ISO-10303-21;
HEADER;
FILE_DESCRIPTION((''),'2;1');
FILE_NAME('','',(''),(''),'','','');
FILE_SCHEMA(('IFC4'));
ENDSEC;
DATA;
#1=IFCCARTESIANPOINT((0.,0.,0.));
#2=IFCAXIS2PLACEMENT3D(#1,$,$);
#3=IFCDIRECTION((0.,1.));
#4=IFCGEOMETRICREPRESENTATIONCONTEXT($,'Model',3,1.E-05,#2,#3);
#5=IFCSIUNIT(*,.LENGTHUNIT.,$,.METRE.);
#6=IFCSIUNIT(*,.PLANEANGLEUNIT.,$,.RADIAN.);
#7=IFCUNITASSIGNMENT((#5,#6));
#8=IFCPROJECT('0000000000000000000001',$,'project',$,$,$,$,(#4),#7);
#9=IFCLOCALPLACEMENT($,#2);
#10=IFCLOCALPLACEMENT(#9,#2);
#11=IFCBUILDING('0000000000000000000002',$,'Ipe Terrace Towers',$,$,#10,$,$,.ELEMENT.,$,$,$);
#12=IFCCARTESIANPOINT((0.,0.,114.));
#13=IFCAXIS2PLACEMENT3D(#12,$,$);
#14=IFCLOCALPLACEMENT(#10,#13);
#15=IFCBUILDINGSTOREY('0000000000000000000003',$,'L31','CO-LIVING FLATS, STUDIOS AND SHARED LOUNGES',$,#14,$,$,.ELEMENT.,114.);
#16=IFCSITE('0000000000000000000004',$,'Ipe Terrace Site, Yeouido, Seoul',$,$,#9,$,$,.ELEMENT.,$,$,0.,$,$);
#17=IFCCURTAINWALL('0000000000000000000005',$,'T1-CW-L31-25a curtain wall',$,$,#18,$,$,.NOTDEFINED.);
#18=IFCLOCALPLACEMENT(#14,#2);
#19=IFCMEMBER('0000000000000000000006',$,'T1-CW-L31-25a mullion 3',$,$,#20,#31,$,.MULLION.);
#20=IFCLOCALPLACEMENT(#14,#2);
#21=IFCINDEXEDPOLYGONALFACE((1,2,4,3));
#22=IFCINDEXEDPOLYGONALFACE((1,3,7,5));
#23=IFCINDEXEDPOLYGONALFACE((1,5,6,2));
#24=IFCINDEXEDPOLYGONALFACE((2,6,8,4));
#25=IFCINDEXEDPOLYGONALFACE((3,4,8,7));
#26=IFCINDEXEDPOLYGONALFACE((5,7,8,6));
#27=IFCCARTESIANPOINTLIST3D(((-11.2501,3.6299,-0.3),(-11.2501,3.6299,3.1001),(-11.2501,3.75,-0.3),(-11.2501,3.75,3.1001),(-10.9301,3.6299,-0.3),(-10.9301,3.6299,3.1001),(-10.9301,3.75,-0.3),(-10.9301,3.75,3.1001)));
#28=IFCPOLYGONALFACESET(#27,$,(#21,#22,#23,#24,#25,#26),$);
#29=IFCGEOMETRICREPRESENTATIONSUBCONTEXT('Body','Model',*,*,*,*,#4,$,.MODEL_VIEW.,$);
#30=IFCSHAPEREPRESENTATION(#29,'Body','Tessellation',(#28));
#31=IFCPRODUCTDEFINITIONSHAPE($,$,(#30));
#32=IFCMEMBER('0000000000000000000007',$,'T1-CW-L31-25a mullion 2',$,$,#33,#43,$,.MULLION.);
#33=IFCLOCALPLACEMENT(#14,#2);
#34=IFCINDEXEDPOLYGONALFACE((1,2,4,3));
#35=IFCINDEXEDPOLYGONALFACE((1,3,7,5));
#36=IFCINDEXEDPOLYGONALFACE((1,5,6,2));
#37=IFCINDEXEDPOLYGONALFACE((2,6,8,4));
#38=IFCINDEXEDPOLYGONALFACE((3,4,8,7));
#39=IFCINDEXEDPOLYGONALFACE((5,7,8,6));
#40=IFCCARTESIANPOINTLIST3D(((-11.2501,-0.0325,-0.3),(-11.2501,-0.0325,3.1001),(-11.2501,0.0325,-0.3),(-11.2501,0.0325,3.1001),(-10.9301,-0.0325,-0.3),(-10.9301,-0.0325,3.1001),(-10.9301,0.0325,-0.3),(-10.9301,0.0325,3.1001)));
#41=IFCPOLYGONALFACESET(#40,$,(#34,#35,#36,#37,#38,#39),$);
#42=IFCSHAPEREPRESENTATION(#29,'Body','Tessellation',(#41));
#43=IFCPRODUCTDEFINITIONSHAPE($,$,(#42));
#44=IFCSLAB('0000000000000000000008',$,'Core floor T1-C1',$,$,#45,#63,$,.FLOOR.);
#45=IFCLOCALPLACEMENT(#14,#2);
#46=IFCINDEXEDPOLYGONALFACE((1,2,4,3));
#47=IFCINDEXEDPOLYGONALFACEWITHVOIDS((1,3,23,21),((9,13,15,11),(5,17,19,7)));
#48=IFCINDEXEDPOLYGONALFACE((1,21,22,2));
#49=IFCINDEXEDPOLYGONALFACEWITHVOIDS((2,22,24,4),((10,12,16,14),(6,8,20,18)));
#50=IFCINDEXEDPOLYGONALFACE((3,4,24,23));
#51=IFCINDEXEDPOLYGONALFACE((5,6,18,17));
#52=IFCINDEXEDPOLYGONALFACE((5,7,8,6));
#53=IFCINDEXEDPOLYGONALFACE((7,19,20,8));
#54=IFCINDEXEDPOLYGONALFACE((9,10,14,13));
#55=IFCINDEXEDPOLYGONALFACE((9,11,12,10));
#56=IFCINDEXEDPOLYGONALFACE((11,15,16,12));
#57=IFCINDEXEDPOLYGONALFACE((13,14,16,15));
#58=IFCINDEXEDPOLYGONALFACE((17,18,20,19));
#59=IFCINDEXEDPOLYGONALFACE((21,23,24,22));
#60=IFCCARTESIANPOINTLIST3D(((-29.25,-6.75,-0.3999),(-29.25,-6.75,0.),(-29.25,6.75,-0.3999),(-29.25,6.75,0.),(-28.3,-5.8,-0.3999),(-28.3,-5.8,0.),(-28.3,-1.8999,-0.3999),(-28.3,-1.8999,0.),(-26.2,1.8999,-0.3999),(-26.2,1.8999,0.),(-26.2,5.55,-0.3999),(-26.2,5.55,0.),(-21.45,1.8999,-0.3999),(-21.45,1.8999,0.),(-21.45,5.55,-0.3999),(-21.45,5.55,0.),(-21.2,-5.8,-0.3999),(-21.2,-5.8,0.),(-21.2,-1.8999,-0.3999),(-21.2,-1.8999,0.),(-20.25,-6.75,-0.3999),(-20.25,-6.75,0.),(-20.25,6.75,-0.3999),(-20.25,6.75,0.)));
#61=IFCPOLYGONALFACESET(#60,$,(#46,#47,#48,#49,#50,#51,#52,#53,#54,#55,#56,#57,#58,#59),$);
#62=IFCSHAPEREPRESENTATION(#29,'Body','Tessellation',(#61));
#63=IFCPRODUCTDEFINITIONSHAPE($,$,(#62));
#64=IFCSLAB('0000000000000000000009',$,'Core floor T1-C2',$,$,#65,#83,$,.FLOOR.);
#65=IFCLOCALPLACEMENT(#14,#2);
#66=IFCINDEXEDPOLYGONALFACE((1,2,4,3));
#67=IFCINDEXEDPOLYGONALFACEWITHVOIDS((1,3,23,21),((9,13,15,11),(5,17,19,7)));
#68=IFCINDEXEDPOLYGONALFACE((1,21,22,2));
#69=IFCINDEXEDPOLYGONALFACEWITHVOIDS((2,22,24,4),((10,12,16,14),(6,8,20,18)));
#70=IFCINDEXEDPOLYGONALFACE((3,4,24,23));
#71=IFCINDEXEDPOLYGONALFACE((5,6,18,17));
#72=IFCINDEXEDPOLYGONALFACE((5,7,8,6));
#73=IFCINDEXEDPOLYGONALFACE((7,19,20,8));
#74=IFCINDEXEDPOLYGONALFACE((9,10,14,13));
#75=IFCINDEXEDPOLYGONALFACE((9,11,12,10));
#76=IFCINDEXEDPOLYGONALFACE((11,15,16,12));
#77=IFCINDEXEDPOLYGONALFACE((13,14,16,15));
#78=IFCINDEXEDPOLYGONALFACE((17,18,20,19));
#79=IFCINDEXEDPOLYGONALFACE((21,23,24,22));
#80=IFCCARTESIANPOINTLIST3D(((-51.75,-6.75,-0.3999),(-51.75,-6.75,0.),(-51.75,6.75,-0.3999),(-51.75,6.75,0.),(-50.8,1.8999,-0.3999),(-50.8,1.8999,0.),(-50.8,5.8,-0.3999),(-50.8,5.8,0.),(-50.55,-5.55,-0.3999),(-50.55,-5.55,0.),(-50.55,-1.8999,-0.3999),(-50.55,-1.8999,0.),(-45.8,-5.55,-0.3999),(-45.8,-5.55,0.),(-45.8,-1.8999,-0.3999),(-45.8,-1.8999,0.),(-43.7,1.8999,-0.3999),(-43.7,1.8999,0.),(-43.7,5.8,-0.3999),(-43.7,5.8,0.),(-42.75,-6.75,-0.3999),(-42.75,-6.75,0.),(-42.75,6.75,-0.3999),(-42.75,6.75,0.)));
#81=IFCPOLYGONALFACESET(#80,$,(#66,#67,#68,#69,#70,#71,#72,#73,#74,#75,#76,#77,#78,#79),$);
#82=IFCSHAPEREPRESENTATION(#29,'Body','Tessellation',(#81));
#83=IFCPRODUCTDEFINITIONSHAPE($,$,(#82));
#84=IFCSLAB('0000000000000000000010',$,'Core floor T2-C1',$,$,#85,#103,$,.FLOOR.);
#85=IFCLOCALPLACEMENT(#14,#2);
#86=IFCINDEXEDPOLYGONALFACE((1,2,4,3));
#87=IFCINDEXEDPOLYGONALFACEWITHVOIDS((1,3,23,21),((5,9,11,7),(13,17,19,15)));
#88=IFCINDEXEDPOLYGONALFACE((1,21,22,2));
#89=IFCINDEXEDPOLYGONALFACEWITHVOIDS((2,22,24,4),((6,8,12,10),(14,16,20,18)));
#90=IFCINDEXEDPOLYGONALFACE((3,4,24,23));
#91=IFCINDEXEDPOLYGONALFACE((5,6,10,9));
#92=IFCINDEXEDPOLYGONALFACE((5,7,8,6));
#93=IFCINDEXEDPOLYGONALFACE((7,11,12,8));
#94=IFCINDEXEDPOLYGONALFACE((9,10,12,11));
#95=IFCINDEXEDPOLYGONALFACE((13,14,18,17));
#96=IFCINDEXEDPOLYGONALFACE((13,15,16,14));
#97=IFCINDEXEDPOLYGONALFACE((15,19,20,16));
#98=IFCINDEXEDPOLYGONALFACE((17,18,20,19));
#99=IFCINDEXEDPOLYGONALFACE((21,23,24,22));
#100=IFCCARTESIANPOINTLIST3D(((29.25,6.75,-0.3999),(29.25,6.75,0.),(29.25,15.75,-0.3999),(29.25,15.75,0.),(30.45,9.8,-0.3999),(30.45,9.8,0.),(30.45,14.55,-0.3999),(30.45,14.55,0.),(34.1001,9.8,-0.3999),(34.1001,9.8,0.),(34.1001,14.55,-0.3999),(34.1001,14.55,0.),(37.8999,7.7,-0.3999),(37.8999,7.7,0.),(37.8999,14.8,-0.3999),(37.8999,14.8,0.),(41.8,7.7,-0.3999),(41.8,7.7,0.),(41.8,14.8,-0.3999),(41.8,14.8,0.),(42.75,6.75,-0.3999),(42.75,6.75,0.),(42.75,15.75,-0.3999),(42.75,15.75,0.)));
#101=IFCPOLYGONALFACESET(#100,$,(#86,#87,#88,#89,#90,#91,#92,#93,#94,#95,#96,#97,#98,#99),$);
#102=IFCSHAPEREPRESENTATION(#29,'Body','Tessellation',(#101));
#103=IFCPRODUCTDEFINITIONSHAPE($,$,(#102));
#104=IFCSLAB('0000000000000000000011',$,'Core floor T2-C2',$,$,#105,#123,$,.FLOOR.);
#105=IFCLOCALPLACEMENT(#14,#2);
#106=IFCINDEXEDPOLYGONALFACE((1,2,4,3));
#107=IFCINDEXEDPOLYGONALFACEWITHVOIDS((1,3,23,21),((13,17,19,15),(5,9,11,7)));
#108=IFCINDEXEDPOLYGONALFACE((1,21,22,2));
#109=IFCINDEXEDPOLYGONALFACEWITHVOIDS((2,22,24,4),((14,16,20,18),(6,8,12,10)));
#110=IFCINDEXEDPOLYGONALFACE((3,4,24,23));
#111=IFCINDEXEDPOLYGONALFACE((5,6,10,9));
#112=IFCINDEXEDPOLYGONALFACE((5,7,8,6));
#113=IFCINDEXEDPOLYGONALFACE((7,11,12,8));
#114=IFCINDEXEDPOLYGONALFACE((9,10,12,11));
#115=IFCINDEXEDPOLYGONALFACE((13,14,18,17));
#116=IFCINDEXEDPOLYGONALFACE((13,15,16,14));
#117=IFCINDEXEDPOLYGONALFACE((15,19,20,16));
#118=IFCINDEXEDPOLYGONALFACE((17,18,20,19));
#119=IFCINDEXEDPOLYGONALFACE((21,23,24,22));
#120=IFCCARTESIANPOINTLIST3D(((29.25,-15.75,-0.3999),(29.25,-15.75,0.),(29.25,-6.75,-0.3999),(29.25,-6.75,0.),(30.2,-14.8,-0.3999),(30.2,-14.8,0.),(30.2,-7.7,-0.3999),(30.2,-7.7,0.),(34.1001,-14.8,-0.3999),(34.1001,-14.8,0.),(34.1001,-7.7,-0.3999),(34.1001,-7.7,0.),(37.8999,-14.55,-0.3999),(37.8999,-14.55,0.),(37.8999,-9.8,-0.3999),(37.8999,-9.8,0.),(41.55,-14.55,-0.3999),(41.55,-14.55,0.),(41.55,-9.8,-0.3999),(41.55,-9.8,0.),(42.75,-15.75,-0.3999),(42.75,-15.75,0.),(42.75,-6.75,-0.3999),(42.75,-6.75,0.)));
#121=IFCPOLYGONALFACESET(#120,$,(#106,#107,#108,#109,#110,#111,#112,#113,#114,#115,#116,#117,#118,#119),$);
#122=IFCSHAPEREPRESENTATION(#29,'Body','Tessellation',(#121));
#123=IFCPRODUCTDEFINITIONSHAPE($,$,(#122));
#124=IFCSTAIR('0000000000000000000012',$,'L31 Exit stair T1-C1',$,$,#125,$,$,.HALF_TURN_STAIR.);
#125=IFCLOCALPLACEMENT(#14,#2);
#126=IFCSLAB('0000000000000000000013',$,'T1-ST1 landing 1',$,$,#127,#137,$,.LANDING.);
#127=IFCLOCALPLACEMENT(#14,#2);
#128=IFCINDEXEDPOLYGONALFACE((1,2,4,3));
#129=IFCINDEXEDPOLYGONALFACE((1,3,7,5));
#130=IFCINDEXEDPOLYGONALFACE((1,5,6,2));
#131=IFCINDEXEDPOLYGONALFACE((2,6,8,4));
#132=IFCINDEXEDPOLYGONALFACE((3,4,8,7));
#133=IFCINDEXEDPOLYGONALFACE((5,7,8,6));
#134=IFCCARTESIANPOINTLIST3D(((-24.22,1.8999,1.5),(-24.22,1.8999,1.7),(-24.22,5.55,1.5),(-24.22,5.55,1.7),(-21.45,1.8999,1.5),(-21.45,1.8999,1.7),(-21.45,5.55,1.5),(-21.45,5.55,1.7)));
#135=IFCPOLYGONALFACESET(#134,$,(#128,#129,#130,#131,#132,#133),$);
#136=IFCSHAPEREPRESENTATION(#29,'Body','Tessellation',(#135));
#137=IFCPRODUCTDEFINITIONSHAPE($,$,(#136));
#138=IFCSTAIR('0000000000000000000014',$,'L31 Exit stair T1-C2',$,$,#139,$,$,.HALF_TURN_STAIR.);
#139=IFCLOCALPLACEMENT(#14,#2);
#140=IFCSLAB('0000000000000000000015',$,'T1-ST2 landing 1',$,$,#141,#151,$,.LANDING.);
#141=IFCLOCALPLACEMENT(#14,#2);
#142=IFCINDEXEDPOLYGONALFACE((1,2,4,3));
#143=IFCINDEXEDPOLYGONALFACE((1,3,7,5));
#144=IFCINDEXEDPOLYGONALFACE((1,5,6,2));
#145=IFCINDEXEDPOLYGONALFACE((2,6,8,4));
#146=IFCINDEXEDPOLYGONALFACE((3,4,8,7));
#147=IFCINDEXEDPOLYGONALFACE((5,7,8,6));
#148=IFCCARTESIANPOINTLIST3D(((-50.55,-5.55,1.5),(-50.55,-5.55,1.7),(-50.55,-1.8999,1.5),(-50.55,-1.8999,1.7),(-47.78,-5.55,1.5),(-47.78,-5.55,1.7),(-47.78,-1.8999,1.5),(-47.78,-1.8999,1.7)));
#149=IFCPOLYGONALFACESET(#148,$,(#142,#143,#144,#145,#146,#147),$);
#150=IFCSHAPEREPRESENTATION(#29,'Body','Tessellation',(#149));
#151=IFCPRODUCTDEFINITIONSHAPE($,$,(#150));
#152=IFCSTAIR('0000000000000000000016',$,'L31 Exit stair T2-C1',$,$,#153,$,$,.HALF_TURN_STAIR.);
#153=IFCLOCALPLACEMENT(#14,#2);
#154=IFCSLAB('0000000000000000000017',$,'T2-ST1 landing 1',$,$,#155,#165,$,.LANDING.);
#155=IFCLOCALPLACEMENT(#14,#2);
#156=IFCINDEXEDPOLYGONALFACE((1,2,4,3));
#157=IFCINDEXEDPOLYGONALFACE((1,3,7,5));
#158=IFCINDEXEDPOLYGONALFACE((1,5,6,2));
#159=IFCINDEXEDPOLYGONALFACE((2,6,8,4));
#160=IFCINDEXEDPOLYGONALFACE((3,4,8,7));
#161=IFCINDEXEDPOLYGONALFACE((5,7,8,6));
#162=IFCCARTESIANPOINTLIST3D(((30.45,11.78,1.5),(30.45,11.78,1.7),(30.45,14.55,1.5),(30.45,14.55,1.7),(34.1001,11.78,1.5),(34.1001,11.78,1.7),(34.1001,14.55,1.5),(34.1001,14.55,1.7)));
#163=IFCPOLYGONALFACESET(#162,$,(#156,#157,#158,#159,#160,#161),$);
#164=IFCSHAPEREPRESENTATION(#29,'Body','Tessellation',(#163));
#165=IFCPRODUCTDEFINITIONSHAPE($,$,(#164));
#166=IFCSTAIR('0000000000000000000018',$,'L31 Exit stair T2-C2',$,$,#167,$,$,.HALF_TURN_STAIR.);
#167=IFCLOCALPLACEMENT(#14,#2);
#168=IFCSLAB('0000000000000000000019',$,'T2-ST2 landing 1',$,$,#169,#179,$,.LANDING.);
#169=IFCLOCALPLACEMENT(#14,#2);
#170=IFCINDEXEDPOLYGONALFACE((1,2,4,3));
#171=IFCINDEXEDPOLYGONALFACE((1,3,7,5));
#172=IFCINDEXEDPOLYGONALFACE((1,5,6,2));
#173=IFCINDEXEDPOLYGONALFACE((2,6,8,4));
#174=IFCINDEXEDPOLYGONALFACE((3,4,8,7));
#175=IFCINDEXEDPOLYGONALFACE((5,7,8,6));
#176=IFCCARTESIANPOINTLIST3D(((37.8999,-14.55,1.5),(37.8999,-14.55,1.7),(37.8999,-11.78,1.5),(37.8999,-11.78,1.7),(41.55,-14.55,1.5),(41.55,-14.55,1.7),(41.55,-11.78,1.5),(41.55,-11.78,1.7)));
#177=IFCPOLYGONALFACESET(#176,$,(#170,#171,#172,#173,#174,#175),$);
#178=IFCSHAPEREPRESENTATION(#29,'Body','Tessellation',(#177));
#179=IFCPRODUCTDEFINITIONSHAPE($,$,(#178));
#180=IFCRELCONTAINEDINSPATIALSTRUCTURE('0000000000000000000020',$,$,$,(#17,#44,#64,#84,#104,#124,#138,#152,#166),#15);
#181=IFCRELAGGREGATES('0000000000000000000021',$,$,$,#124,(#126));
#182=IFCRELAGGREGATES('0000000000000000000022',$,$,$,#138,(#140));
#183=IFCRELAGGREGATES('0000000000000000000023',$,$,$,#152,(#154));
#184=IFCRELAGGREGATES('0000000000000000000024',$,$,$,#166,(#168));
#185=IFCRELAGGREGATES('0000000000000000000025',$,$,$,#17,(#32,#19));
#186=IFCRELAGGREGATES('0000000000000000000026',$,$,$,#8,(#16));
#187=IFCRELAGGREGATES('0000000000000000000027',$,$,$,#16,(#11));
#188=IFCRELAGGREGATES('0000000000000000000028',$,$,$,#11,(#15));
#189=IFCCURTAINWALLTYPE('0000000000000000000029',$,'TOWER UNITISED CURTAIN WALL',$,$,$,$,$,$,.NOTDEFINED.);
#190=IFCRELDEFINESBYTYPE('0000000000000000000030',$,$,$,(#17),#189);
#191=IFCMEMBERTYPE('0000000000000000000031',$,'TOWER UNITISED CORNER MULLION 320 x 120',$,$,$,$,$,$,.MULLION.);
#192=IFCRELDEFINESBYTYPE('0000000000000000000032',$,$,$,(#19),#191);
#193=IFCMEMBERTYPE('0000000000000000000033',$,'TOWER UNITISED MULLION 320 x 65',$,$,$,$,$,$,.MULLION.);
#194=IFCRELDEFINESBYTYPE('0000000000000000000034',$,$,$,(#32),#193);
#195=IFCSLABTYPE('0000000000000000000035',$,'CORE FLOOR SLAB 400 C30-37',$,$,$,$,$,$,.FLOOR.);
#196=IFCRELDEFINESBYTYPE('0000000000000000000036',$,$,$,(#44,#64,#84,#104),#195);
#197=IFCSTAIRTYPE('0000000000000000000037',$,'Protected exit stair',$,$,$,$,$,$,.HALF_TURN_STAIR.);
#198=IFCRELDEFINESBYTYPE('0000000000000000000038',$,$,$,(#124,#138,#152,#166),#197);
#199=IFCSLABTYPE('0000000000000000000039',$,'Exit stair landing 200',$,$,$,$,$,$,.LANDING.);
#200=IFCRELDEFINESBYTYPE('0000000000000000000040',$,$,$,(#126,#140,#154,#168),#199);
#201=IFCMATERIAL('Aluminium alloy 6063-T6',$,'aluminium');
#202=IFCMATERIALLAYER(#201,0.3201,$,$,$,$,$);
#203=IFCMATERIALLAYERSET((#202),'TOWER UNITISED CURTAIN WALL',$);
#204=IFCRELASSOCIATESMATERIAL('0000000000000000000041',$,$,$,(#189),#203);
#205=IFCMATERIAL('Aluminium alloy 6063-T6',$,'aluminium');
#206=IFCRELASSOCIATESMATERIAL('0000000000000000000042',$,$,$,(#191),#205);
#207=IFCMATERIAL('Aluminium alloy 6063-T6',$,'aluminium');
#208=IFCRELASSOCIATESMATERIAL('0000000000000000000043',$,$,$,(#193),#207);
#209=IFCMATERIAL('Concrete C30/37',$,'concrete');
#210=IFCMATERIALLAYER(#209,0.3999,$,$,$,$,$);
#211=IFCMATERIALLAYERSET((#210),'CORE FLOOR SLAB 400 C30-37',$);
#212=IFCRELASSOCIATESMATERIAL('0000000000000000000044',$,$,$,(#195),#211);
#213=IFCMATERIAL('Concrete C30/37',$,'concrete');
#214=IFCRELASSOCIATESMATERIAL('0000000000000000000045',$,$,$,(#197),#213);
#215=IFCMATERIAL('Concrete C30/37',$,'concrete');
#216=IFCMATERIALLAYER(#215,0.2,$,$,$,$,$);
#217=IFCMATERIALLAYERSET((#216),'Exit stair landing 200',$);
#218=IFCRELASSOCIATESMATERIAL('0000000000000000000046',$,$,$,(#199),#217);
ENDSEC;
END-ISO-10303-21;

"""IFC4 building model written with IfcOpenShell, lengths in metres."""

from ifc_helpers import new_model, si_unit, direction, frame, origin, origin_2d, place, context, subcontext, project, spatial, polyline, rectangle, outline, extrude, material, layer, layer_set, material_profile, profile_set, type_object, element, aggregate, save


model = new_model("IFC4")

# Units and contexts
model_context = context("Model", 3, precision=1e-05, world=origin(), true_north=direction((0.0, 1.0)))
body_context = subcontext(model_context, "Body", "Model", "MODEL_VIEW")
ifc_project = project(units=[si_unit("LENGTHUNIT", "METRE"), si_unit("PLANEANGLEUNIT", "RADIAN")], contexts=[model_context])

# Site, building, storey
site_placement = place(None, origin())
site = spatial("IfcSite", under=ifc_project, at=site_placement, Name="Ipe Terrace Site, Yeouido, Seoul", CompositionType="ELEMENT", RefElevation=0.0)
building_placement = place(site_placement, origin())
building = spatial("IfcBuilding", under=site, at=building_placement, Name="Ipe Terrace Towers", CompositionType="ELEMENT")
storey_placement = place(building_placement, frame((0.0, 0.0, 114.0)))
storey = spatial("IfcBuildingStorey", under=building, at=storey_placement, Name="L31", Description="CO-LIVING FLATS, STUDIOS AND SHARED LOUNGES", CompositionType="ELEMENT", Elevation=114.0)

# Curtain wall, members
ifc_material_1 = material(Name="Aluminium alloy 6063-T6", Category="aluminium")
ifc_layer_1 = layer(ifc_material_1, 0.3201)
ifc_layer_set_1 = layer_set([ifc_layer_1], Name="TOWER UNITISED CURTAIN WALL")
curtain_wall_type = type_object("IfcCurtainWallType", Name="TOWER UNITISED CURTAIN WALL", PredefinedType="NOTDEFINED", material=ifc_layer_set_1)
curtain_wall_placement = place(storey_placement, origin())
curtain_wall = element("IfcCurtainWall", 1, at=curtain_wall_placement, inside=storey, type_object=curtain_wall_type, Name="T1-CW-L31-25a curtain wall", PredefinedType="NOTDEFINED")
ifc_material_2 = material(Name="Aluminium alloy 6063-T6", Category="aluminium")
ifc_material_profile_1 = material_profile(ifc_material_2, rectangle(XDim=0.3201, YDim=0.1201, at=origin_2d()), Name="TOWER UNITISED CORNER MULLION 320 x 120")
ifc_profile_set_1 = profile_set([ifc_material_profile_1], Name="Aluminium alloy 6063-T6")
member_type_1 = type_object("IfcMemberType", Name="TOWER UNITISED CORNER MULLION 320 x 120", PredefinedType="MULLION", material=ifc_profile_set_1)
member_1_placement = place(storey_placement, frame((-11.0901, 3.6899, -0.3), z_axis=(0.0, 0.0, 1.0), x_axis=(1.0, 0.0, 0.0)))
member_1 = element("IfcMember", 2, at=member_1_placement, type_object=member_type_1, Name="T1-CW-L31-25a mullion 3", PredefinedType="MULLION", context=body_context, shape_type="SweptSolid", body=[
    extrude(rectangle(XDim=0.3201, YDim=0.1201, at=origin_2d()), origin(), (0.0, 0.0, 1.0), 3.4001),
])
ifc_material_3 = material(Name="Aluminium alloy 6063-T6", Category="aluminium")
ifc_material_profile_2 = material_profile(ifc_material_3, rectangle(XDim=0.3201, YDim=0.0649, at=origin_2d()), Name="TOWER UNITISED MULLION 320 x 65")
ifc_profile_set_2 = profile_set([ifc_material_profile_2], Name="Aluminium alloy 6063-T6")
member_type_2 = type_object("IfcMemberType", Name="TOWER UNITISED MULLION 320 x 65", PredefinedType="MULLION", material=ifc_profile_set_2)
member_2_placement = place(storey_placement, frame((-11.0901, 0.0, -0.3), z_axis=(0.0, 0.0, 1.0), x_axis=(1.0, 0.0, 0.0)))
member_2 = element("IfcMember", 3, at=member_2_placement, type_object=member_type_2, Name="T1-CW-L31-25a mullion 2", PredefinedType="MULLION", context=body_context, shape_type="SweptSolid", body=[
    extrude(rectangle(XDim=0.3201, YDim=0.0649, at=origin_2d()), origin(), (0.0, 0.0, 1.0), 3.4001),
])

# Slabs
ifc_material_4 = material(Name="Concrete C30/37", Category="concrete")
ifc_layer_2 = layer(ifc_material_4, 0.3999)
ifc_layer_set_2 = layer_set([ifc_layer_2], Name="CORE FLOOR SLAB 400 C30-37")
slab_type_1 = type_object("IfcSlabType", Name="CORE FLOOR SLAB 400 C30-37", PredefinedType="FLOOR", material=ifc_layer_set_2)
slab_1_placement = place(storey_placement, frame((0.0, 0.0, -0.3999)))
element("IfcSlab", 4, at=slab_1_placement, inside=storey, type_object=slab_type_1, Name="Core floor T1-C1", PredefinedType="FLOOR", context=body_context, shape_type="SweptSolid", body=[
    extrude(outline(polyline([(-29.25, -6.75), (-29.25, 6.75), (-20.25, 6.75), (-20.25, -6.75), (-29.25, -6.75)]), holes=[polyline([(-28.3, -5.8), (-21.2, -5.8), (-21.2, -1.8999), (-28.3, -1.8999), (-28.3, -5.8)]), polyline([(-26.2, 5.55), (-26.2, 1.8999), (-21.45, 1.8999), (-21.45, 5.55), (-26.2, 5.55)])]), origin(), (0.0, 0.0, 1.0), 0.3999),
])
slab_2_placement = place(storey_placement, frame((0.0, 0.0, -0.3999)))
element("IfcSlab", 5, at=slab_2_placement, inside=storey, type_object=slab_type_1, Name="Core floor T1-C2", PredefinedType="FLOOR", context=body_context, shape_type="SweptSolid", body=[
    extrude(outline(polyline([(-51.75, -6.75), (-51.75, 6.75), (-42.75, 6.75), (-42.75, -6.75), (-51.75, -6.75)]), holes=[polyline([(-45.8, -5.55), (-45.8, -1.8999), (-50.55, -1.8999), (-50.55, -5.55), (-45.8, -5.55)]), polyline([(-50.8, 1.8999), (-43.7, 1.8999), (-43.7, 5.8), (-50.8, 5.8), (-50.8, 1.8999)])]), origin(), (0.0, 0.0, 1.0), 0.3999),
])
slab_3_placement = place(storey_placement, frame((0.0, 0.0, -0.3999)))
element("IfcSlab", 6, at=slab_3_placement, inside=storey, type_object=slab_type_1, Name="Core floor T2-C1", PredefinedType="FLOOR", context=body_context, shape_type="SweptSolid", body=[
    extrude(outline(polyline([(29.25, 6.75), (29.25, 15.75), (42.75, 15.75), (42.75, 6.75), (29.25, 6.75)]), holes=[polyline([(41.8, 7.7), (41.8, 14.8), (37.8999, 14.8), (37.8999, 7.7), (41.8, 7.7)]), polyline([(30.45, 9.8), (34.1001, 9.8), (34.1001, 14.55), (30.45, 14.55), (30.45, 9.8)])]), origin(), (0.0, 0.0, 1.0), 0.3999),
])
slab_4_placement = place(storey_placement, frame((0.0, 0.0, -0.3999)))
element("IfcSlab", 7, at=slab_4_placement, inside=storey, type_object=slab_type_1, Name="Core floor T2-C2", PredefinedType="FLOOR", context=body_context, shape_type="SweptSolid", body=[
    extrude(outline(polyline([(29.25, -15.75), (29.25, -6.75), (42.75, -6.75), (42.75, -15.75), (29.25, -15.75)]), holes=[polyline([(34.1001, -14.8), (34.1001, -7.7), (30.2, -7.7), (30.2, -14.8), (34.1001, -14.8)]), polyline([(41.55, -9.8), (37.8999, -9.8), (37.8999, -14.55), (41.55, -14.55), (41.55, -9.8)])]), origin(), (0.0, 0.0, 1.0), 0.3999),
])

# Stairs, slabs
ifc_material_5 = material(Name="Concrete C30/37", Category="concrete")
stair_type = type_object("IfcStairType", Name="Protected exit stair", PredefinedType="HALF_TURN_STAIR", material=ifc_material_5)
stair_1_placement = place(storey_placement, origin())
stair_1 = element("IfcStair", 8, at=stair_1_placement, inside=storey, type_object=stair_type, Name="L31 Exit stair T1-C1", PredefinedType="HALF_TURN_STAIR")
ifc_material_6 = material(Name="Concrete C30/37", Category="concrete")
ifc_layer_3 = layer(ifc_material_6, 0.2)
ifc_layer_set_3 = layer_set([ifc_layer_3], Name="Exit stair landing 200")
slab_type_2 = type_object("IfcSlabType", Name="Exit stair landing 200", PredefinedType="LANDING", material=ifc_layer_set_3)
slab_5_placement = place(storey_placement, frame((0.0, 0.0, 1.5)))
slab_5 = element("IfcSlab", 9, at=slab_5_placement, type_object=slab_type_2, Name="T1-ST1 landing 1", PredefinedType="LANDING", context=body_context, shape_type="SweptSolid", body=[
    extrude(outline(polyline([(-24.22, 1.8999), (-21.45, 1.8999), (-21.45, 5.55), (-24.22, 5.55), (-24.22, 1.8999)])), origin(), (0.0, 0.0, 1.0), 0.2),
])
aggregate(stair_1, [slab_5])
stair_2_placement = place(storey_placement, origin())
stair_2 = element("IfcStair", 10, at=stair_2_placement, inside=storey, type_object=stair_type, Name="L31 Exit stair T1-C2", PredefinedType="HALF_TURN_STAIR")
slab_6_placement = place(storey_placement, frame((0.0, 0.0, 1.5)))
slab_6 = element("IfcSlab", 11, at=slab_6_placement, type_object=slab_type_2, Name="T1-ST2 landing 1", PredefinedType="LANDING", context=body_context, shape_type="SweptSolid", body=[
    extrude(outline(polyline([(-47.78, -1.8999), (-50.55, -1.8999), (-50.55, -5.55), (-47.78, -5.55), (-47.78, -1.8999)])), origin(), (0.0, 0.0, 1.0), 0.2),
])
aggregate(stair_2, [slab_6])
stair_3_placement = place(storey_placement, origin())
stair_3 = element("IfcStair", 12, at=stair_3_placement, inside=storey, type_object=stair_type, Name="L31 Exit stair T2-C1", PredefinedType="HALF_TURN_STAIR")
slab_7_placement = place(storey_placement, frame((0.0, 0.0, 1.5)))
slab_7 = element("IfcSlab", 13, at=slab_7_placement, type_object=slab_type_2, Name="T2-ST1 landing 1", PredefinedType="LANDING", context=body_context, shape_type="SweptSolid", body=[
    extrude(outline(polyline([(34.1001, 11.78), (34.1001, 14.55), (30.45, 14.55), (30.45, 11.78), (34.1001, 11.78)])), origin(), (0.0, 0.0, 1.0), 0.2),
])
aggregate(stair_3, [slab_7])
stair_4_placement = place(storey_placement, origin())
stair_4 = element("IfcStair", 14, at=stair_4_placement, inside=storey, type_object=stair_type, Name="L31 Exit stair T2-C2", PredefinedType="HALF_TURN_STAIR")
slab_8_placement = place(storey_placement, frame((0.0, 0.0, 1.5)))
slab_8 = element("IfcSlab", 15, at=slab_8_placement, type_object=slab_type_2, Name="T2-ST2 landing 1", PredefinedType="LANDING", context=body_context, shape_type="SweptSolid", body=[
    extrude(outline(polyline([(37.8999, -11.78), (37.8999, -14.55), (41.55, -14.55), (41.55, -11.78), (37.8999, -11.78)])), origin(), (0.0, 0.0, 1.0), 0.2),
])
aggregate(stair_4, [slab_8])

aggregate(curtain_wall, [member_2, member_1])

save(model, "model.ifc")
